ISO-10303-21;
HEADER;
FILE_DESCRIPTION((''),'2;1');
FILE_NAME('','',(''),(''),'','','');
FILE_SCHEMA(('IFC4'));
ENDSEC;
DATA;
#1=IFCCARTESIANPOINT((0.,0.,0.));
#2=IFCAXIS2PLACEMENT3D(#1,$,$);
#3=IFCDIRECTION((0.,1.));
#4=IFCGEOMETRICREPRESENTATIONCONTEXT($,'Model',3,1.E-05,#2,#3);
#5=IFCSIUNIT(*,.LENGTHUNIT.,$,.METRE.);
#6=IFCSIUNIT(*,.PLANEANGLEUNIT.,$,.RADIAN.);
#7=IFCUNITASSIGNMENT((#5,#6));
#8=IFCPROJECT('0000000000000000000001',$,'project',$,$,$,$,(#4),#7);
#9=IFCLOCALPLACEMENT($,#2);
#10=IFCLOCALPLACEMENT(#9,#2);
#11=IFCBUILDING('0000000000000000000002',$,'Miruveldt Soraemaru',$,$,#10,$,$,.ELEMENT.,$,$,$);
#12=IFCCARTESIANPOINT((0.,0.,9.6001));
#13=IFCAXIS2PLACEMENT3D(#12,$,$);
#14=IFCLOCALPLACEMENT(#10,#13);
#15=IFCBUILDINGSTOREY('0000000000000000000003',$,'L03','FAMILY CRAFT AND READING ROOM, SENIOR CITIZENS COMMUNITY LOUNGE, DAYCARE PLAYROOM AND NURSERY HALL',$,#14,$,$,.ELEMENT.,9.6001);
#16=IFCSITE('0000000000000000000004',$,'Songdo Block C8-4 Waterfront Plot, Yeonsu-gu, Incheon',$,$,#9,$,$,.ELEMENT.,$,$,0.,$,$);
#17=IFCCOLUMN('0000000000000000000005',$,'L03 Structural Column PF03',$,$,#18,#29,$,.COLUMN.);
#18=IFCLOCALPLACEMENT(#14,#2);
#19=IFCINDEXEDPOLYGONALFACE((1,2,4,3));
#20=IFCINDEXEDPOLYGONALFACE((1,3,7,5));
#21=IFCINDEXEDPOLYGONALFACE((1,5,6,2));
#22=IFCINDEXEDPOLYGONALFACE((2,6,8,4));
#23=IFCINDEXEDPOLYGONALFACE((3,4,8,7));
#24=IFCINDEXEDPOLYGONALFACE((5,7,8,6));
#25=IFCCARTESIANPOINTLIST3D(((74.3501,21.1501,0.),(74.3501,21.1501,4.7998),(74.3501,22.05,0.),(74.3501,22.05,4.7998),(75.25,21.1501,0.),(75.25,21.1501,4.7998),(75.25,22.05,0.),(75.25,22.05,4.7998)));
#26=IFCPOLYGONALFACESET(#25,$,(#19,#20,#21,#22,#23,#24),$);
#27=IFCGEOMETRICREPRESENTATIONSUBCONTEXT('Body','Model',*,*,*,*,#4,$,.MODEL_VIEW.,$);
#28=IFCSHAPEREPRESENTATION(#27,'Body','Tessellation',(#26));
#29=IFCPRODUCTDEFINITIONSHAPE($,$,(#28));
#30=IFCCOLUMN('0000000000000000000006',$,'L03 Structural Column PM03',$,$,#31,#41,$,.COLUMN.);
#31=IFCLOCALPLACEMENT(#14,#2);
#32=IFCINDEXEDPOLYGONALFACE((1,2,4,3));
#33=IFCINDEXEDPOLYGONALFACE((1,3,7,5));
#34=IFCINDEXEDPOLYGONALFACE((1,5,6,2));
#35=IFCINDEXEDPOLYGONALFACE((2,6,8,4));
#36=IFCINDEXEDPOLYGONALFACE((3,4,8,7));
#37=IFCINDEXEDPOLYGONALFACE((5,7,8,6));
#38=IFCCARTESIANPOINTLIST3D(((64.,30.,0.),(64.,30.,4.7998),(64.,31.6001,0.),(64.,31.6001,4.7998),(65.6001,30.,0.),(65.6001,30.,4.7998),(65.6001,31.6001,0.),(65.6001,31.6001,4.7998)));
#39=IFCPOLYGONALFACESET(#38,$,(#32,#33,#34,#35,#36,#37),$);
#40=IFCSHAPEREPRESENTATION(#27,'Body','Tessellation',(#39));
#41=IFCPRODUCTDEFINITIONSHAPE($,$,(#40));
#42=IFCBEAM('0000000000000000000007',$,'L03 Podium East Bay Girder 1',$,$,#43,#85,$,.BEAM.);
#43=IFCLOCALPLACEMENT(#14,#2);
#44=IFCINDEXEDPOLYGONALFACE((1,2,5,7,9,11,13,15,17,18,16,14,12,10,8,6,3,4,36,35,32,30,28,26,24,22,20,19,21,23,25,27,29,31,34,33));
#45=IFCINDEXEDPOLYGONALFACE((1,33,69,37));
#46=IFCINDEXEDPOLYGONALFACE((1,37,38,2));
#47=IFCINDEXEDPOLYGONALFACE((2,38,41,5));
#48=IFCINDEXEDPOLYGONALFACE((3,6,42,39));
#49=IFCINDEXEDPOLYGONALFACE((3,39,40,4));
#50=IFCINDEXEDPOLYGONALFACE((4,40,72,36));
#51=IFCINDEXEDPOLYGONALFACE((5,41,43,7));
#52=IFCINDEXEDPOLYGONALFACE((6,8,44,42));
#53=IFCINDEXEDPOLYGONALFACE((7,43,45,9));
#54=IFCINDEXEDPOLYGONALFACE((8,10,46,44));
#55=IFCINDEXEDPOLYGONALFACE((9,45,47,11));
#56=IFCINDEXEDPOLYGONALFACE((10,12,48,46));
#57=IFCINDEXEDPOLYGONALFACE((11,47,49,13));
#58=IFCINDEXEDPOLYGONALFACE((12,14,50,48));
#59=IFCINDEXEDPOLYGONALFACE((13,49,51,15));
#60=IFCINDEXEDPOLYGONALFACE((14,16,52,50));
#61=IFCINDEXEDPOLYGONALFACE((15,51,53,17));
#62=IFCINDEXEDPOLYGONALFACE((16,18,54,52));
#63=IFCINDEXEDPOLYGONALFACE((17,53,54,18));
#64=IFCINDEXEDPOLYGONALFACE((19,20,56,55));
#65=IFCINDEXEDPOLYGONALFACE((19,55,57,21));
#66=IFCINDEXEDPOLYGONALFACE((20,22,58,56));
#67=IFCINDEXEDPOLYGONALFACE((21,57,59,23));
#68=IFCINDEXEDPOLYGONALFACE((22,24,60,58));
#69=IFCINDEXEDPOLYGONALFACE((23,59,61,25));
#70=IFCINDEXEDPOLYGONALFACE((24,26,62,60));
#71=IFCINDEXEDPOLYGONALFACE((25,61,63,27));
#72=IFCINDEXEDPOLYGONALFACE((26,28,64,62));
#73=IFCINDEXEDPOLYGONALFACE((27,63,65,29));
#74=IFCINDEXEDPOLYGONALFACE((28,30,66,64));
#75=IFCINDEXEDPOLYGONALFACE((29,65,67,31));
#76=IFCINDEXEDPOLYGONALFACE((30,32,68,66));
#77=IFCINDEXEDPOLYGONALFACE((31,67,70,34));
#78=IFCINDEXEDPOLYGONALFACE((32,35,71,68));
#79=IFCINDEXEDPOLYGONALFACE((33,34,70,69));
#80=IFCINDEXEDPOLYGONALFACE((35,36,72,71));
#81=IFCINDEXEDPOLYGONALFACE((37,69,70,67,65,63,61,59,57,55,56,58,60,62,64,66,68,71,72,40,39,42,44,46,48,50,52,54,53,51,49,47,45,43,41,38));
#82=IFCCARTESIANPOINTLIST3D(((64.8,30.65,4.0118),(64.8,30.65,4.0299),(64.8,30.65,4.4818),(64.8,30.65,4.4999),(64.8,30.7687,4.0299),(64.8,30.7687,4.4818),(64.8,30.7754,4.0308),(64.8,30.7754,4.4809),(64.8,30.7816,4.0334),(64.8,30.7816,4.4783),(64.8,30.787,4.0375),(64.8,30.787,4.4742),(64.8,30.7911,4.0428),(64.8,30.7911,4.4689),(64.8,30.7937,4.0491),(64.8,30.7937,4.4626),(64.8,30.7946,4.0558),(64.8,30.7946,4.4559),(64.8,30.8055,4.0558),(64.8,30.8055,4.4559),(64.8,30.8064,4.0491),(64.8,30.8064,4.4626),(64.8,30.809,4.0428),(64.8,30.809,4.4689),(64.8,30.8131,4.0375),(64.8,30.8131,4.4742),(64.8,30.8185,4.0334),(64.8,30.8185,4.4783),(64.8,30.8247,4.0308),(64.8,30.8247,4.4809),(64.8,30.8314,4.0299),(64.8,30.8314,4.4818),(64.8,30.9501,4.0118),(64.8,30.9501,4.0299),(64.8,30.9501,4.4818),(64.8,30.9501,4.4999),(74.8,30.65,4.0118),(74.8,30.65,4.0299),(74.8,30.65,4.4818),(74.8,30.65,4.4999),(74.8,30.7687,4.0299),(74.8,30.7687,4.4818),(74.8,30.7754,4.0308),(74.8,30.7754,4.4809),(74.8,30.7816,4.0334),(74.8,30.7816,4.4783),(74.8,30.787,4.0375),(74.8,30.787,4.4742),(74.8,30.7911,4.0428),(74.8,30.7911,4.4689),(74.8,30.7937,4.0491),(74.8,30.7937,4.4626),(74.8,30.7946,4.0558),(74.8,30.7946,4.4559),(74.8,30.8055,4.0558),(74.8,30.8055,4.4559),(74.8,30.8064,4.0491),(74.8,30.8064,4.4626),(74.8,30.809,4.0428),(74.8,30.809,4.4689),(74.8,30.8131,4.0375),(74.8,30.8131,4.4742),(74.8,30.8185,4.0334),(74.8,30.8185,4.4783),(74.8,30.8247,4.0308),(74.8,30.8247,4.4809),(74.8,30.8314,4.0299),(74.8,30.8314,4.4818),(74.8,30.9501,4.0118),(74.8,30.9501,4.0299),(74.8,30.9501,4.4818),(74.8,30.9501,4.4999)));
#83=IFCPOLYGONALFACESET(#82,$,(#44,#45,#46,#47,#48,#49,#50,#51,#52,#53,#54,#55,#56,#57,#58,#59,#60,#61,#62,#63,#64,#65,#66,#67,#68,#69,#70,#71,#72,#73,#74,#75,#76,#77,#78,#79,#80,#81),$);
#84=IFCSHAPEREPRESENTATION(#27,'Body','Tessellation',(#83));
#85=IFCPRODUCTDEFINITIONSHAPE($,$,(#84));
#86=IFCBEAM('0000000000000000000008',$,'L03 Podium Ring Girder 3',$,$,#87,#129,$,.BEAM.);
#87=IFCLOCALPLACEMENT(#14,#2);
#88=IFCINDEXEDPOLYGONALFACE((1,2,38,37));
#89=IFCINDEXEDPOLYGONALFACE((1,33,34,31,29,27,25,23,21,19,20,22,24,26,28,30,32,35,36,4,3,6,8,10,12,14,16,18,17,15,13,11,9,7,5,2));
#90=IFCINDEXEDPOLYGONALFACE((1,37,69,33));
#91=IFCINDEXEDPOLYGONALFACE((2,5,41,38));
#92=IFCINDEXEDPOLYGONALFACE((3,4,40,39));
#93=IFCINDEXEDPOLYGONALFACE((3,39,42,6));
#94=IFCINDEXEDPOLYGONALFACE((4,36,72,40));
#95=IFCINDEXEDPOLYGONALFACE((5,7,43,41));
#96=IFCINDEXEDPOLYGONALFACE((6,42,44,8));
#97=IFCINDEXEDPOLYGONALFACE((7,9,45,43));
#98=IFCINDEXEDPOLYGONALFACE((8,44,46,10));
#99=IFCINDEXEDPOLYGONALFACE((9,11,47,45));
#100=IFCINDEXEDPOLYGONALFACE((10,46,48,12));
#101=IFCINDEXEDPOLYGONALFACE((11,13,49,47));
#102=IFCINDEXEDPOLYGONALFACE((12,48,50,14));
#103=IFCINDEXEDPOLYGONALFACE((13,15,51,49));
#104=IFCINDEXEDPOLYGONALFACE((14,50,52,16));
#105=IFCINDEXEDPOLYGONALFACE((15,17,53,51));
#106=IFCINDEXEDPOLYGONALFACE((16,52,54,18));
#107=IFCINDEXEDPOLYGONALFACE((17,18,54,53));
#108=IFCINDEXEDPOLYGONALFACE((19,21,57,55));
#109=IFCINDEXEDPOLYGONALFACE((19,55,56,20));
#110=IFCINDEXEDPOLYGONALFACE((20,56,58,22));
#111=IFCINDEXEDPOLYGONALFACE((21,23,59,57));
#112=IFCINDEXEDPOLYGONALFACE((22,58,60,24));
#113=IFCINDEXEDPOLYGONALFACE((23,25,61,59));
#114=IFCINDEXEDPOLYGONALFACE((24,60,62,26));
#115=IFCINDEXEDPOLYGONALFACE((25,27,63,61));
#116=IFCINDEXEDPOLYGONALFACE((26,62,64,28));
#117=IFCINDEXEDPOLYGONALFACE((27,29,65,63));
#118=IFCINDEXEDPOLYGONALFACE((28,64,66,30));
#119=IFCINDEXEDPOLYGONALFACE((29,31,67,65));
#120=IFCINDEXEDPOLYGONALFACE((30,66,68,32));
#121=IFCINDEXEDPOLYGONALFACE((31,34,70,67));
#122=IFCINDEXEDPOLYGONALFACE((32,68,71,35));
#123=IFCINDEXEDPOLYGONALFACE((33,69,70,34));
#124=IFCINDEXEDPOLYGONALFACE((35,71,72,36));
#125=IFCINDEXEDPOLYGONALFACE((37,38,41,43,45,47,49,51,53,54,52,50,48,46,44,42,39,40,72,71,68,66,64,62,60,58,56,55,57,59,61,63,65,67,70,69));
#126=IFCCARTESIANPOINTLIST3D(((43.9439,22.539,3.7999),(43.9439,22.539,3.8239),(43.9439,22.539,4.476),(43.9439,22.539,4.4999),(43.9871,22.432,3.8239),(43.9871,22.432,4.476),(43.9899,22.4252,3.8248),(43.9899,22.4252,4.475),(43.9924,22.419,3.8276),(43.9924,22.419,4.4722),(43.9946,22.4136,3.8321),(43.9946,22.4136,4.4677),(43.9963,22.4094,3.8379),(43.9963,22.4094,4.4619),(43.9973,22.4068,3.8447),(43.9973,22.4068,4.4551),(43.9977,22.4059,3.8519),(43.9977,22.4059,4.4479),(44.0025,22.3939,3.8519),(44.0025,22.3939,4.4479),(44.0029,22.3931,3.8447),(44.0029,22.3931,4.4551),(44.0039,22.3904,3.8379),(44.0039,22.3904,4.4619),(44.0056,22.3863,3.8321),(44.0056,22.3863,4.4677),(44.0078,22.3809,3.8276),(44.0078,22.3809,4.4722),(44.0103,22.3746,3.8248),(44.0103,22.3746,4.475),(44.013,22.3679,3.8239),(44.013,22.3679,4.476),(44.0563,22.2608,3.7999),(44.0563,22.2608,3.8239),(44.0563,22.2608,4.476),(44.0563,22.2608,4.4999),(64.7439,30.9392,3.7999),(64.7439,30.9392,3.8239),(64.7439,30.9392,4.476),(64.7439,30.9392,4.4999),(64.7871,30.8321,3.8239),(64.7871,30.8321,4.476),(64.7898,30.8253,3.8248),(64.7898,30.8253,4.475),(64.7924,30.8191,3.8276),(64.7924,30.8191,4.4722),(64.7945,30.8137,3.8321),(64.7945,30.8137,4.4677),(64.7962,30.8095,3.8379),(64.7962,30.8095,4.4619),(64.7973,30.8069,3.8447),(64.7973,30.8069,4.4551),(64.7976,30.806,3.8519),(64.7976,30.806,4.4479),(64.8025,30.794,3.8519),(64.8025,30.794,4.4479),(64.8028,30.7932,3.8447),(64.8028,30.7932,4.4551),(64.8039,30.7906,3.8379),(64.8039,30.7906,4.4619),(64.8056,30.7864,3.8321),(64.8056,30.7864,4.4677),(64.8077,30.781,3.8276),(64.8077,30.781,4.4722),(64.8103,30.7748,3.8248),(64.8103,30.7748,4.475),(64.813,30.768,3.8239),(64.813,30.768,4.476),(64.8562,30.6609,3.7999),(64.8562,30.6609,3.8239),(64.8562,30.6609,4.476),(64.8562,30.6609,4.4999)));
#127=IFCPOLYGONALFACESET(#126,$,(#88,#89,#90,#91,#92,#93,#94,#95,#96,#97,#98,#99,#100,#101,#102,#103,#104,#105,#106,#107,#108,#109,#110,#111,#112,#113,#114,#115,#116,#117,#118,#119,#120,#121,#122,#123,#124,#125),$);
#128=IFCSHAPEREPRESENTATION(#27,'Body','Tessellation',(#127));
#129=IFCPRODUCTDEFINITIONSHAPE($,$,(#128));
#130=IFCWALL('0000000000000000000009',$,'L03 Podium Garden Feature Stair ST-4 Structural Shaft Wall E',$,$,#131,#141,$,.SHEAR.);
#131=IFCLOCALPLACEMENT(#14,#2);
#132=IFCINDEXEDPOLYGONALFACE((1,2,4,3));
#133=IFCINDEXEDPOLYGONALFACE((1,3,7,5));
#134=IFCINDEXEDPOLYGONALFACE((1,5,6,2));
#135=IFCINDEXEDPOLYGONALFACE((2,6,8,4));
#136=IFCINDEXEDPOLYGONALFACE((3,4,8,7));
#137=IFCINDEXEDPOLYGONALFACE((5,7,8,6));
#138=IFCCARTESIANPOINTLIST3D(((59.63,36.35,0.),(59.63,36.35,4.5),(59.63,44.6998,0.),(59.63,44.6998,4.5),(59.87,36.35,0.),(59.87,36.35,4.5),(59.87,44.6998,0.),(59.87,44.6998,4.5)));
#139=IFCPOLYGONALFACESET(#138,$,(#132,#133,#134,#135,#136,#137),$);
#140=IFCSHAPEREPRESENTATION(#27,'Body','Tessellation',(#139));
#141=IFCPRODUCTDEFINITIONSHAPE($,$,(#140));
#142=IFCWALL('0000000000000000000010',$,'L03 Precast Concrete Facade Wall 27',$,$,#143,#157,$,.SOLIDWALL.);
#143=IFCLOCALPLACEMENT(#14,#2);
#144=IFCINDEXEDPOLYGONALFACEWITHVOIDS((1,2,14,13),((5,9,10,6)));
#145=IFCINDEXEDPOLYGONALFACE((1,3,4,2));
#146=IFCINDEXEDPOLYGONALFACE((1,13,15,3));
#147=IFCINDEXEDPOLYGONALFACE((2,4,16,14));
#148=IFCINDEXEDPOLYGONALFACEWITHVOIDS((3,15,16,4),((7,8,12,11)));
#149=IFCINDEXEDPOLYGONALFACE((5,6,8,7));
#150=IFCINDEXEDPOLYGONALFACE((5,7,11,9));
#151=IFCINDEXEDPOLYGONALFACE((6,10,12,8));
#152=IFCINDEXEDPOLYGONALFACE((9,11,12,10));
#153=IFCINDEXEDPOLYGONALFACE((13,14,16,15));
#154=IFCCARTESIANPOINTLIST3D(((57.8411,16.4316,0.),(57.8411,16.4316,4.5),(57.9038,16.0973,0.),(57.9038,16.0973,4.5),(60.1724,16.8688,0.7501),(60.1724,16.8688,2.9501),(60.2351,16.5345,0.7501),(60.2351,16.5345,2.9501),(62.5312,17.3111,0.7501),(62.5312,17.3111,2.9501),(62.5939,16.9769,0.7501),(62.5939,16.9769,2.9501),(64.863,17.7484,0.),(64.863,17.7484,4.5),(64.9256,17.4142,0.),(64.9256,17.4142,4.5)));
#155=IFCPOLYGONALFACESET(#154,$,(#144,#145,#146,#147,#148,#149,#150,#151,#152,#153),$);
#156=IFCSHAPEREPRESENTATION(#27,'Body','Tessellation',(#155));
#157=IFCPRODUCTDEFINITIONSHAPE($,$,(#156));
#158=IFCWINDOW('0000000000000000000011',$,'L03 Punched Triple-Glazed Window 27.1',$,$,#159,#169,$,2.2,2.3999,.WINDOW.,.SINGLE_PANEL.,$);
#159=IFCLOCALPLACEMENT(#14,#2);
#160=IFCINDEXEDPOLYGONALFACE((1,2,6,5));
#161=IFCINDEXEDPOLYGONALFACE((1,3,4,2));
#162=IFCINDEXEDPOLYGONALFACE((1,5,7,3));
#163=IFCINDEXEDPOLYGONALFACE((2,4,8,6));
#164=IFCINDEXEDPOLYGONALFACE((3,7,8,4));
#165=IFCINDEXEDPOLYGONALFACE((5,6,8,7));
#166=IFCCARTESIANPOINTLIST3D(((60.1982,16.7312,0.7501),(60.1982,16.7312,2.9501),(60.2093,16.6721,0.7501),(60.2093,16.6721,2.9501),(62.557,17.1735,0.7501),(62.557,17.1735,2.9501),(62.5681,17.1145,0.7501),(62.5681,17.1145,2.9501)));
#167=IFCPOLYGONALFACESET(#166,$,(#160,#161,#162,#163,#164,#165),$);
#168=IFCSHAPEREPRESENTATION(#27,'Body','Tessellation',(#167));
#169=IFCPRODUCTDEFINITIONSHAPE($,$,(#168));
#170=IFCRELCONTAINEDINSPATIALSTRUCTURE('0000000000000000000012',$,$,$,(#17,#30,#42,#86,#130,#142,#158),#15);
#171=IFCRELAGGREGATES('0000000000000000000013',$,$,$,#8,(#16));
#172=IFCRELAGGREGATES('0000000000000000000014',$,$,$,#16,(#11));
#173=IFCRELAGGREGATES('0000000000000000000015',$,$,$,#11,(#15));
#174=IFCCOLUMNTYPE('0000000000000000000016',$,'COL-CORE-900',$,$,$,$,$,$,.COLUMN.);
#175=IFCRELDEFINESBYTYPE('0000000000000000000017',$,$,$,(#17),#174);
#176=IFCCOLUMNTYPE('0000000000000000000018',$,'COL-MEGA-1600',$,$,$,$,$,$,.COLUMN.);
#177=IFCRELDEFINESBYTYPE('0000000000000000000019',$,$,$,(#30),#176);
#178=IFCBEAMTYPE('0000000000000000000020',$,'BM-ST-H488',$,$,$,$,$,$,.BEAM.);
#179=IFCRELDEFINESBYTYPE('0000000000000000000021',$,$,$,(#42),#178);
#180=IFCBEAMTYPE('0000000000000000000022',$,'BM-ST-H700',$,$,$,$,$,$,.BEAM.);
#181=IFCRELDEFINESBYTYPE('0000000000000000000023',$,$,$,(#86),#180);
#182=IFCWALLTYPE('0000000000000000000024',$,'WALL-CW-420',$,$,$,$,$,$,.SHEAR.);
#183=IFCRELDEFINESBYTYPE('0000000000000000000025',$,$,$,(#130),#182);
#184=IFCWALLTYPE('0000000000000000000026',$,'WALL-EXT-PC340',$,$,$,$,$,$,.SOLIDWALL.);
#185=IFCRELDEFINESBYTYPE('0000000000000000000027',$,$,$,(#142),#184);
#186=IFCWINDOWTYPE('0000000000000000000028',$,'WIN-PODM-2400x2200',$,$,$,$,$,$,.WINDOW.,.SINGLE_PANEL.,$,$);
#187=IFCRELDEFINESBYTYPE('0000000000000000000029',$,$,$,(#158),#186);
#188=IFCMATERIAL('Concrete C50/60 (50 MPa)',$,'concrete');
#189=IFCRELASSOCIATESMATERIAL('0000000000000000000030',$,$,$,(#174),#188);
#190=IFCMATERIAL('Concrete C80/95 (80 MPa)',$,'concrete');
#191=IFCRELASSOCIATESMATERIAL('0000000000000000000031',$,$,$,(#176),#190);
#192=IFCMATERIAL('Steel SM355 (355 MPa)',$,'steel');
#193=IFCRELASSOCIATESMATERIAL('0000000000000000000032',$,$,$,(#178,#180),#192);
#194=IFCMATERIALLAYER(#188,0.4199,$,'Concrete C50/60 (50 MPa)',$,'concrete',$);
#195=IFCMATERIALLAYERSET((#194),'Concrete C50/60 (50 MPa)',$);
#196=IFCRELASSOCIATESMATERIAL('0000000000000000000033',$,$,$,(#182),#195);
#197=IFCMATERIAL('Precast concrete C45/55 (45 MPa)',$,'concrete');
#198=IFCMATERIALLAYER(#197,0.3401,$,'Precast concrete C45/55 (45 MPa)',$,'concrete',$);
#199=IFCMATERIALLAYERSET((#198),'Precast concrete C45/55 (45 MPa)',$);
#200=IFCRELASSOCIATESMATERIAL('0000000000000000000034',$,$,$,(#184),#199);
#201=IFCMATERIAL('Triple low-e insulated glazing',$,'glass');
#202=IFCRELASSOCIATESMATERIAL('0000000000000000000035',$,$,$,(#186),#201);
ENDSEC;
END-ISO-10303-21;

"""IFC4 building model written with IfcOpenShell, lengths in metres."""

from ifc_helpers import new_model, si_unit, direction, frame, frame_2d, origin, origin_2d, place, context, subcontext, project, spatial, rectangle, i_section, extrude, material, layer, layer_set, material_profile, profile_set, type_object, element, fill, save


model = new_model("IFC4")

# Units and contexts
model_context = context("Model", 3, precision=1e-05, world=origin(), true_north=direction((0.0, 1.0)))
body_context = subcontext(model_context, "Body", "Model", "MODEL_VIEW")
ifc_project = project(units=[si_unit("LENGTHUNIT", "METRE"), si_unit("PLANEANGLEUNIT", "RADIAN")], contexts=[model_context])

# Site, building, storey
site_placement = place(None, origin())
site = spatial("IfcSite", under=ifc_project, at=site_placement, Name="Songdo Block C8-4 Waterfront Plot, Yeonsu-gu, Incheon", CompositionType="ELEMENT", RefElevation=0.0)
building_placement = place(site_placement, origin())
building = spatial("IfcBuilding", under=site, at=building_placement, Name="Miruveldt Soraemaru", CompositionType="ELEMENT")
storey_placement = place(building_placement, frame((0.0, 0.0, 9.6001)))
storey = spatial("IfcBuildingStorey", under=building, at=storey_placement, Name="L03", Description="FAMILY CRAFT AND READING ROOM, SENIOR CITIZENS COMMUNITY LOUNGE, DAYCARE PLAYROOM AND NURSERY HALL", CompositionType="ELEMENT", Elevation=9.6001)

# Columns
ifc_material_1 = material(Name="Concrete C50/60 (50 MPa)", Category="concrete")
ifc_material_profile_1 = material_profile(ifc_material_1, rectangle(XDim=0.8999, YDim=0.8999, at=origin_2d()), Name="Concrete C50/60 (50 MPa)", Category="concrete")
ifc_profile_set_1 = profile_set([ifc_material_profile_1], Name="Concrete C50/60 (50 MPa)")
column_type_1 = type_object("IfcColumnType", Name="COL-CORE-900", PredefinedType="COLUMN", material=ifc_profile_set_1)
column_1_placement = place(storey_placement, frame((74.8, 21.6001, 0.0), z_axis=(0.0, 0.0, 1.0), x_axis=(1.0, 0.0, 0.0)))
element("IfcColumn", 1, at=column_1_placement, inside=storey, type_object=column_type_1, Name="L03 Structural Column PF03", PredefinedType="COLUMN", context=body_context, shape_type="SweptSolid", body=[
    extrude(rectangle(XDim=0.8999, YDim=0.8999, at=origin_2d()), origin(), (0.0, 0.0, 1.0), 4.7998),
])
ifc_material_2 = material(Name="Concrete C80/95 (80 MPa)", Category="concrete")
ifc_material_profile_2 = material_profile(ifc_material_2, rectangle(XDim=1.6001, YDim=1.6001, at=origin_2d()), Name="Concrete C80/95 (80 MPa)", Category="concrete")
ifc_profile_set_2 = profile_set([ifc_material_profile_2], Name="Concrete C80/95 (80 MPa)")
column_type_2 = type_object("IfcColumnType", Name="COL-MEGA-1600", PredefinedType="COLUMN", material=ifc_profile_set_2)
column_2_placement = place(storey_placement, frame((64.8, 30.8, 0.0), z_axis=(0.0, 0.0, 1.0), x_axis=(1.0, 0.0, 0.0)))
element("IfcColumn", 2, at=column_2_placement, inside=storey, type_object=column_type_2, Name="L03 Structural Column PM03", PredefinedType="COLUMN", context=body_context, shape_type="SweptSolid", body=[
    extrude(rectangle(XDim=1.6001, YDim=1.6001, at=origin_2d()), origin(), (0.0, 0.0, 1.0), 4.7998),
])

# Beams
ifc_material_3 = material(Name="Steel SM355 (355 MPa)", Category="steel")
ifc_material_profile_3 = material_profile(ifc_material_3, i_section(OverallWidth=0.3, OverallDepth=0.488, WebThickness=0.011, FlangeThickness=0.0181, FilletRadius=0.0259, at=origin_2d()), Name="Steel SM355 (355 MPa)", Category="steel")
ifc_profile_set_3 = profile_set([ifc_material_profile_3], Name="Steel SM355 (355 MPa)")
beam_type_1 = type_object("IfcBeamType", Name="BM-ST-H488", PredefinedType="BEAM", material=ifc_profile_set_3)
beam_1_placement = place(storey_placement, frame((64.8, 30.8, 4.2559), z_axis=(1.0, 0.0, 0.0), x_axis=(0.0, 1.0, 0.0)))
element("IfcBeam", 3, at=beam_1_placement, inside=storey, type_object=beam_type_1, Name="L03 Podium East Bay Girder 1", PredefinedType="BEAM", context=body_context, shape_type="SweptSolid", body=[
    extrude(i_section(OverallWidth=0.3, OverallDepth=0.488, WebThickness=0.011, FlangeThickness=0.0181, FilletRadius=0.0259, at=origin_2d()), origin(), (0.0, 0.0, 1.0), 10.0),
])
ifc_material_profile_4 = material_profile(ifc_material_3, i_section(OverallWidth=0.3, OverallDepth=0.7, WebThickness=0.0129, FlangeThickness=0.0239, FilletRadius=0.0281, at=origin_2d()), Name="Steel SM355 (355 MPa)", Category="steel")
ifc_profile_set_4 = profile_set([ifc_material_profile_4], Name="Steel SM355 (355 MPa)")
beam_type_2 = type_object("IfcBeamType", Name="BM-ST-H700", PredefinedType="BEAM", material=ifc_profile_set_4)
beam_2_placement = place(storey_placement, frame((64.8, 30.8, 4.1499), z_axis=(-0.92724, -0.374468, 0.0), x_axis=(0.374468, -0.92724, 0.0)))
element("IfcBeam", 4, at=beam_2_placement, inside=storey, type_object=beam_type_2, Name="L03 Podium Ring Girder 3", PredefinedType="BEAM", context=body_context, shape_type="SweptSolid", body=[
    extrude(i_section(OverallWidth=0.3, OverallDepth=0.7, WebThickness=0.0129, FlangeThickness=0.0239, FilletRadius=0.0281, at=origin_2d()), origin(), (0.0, 0.0, 1.0), 22.4321),
])

# Wall
ifc_layer_1 = layer(ifc_material_1, 0.4199, Name="Concrete C50/60 (50 MPa)", Category="concrete")
ifc_layer_set_1 = layer_set([ifc_layer_1], Name="Concrete C50/60 (50 MPa)")
wall_type_1 = type_object("IfcWallType", Name="WALL-CW-420", PredefinedType="SHEAR", material=ifc_layer_set_1)
wall_1_placement = place(storey_placement, frame((59.75, 36.3501, 0.0), z_axis=(0.0, 0.0, 1.0), x_axis=(0.0, 1.0, 0.0)))
element("IfcWall", 5, at=wall_1_placement, inside=storey, type_object=wall_type_1, Name="L03 Podium Garden Feature Stair ST-4 Structural Shaft Wall E", PredefinedType="SHEAR", context=body_context, shape_type="SweptSolid", body=[
    extrude(rectangle(XDim=8.3499, YDim=0.24, at=frame_2d((4.1748, 0.0))), origin(), (0.0, 0.0, 1.0), 4.5),
])

# Wall, opening, window
ifc_material_4 = material(Name="Precast concrete C45/55 (45 MPa)", Category="concrete")
ifc_layer_2 = layer(ifc_material_4, 0.3401, Name="Precast concrete C45/55 (45 MPa)", Category="concrete")
ifc_layer_set_2 = layer_set([ifc_layer_2], Name="Precast concrete C45/55 (45 MPa)")
wall_type_2 = type_object("IfcWallType", Name="WALL-EXT-PC340", PredefinedType="SOLIDWALL", material=ifc_layer_set_2)
wall_2_placement = place(storey_placement, frame((57.8723, 16.2644, 0.0), z_axis=(0.0, 0.0, 1.0), x_axis=(0.982865, 0.184326, 0.0)))
wall_2 = element("IfcWall", 6, at=wall_2_placement, inside=storey, type_object=wall_type_2, Name="L03 Precast Concrete Facade Wall 27", PredefinedType="SOLIDWALL", context=body_context, shape_type="SweptSolid", body=[
    extrude(rectangle(XDim=7.1443, YDim=0.3401, at=frame_2d((3.5723, 0.0))), origin(), (0.0, 0.0, 1.0), 4.5),
])
opening_1_placement = place(wall_2_placement, frame((2.3721, 0.0, 0.75)))
opening_1 = element("IfcOpeningElement", 7, at=opening_1_placement, cuts=wall_2, PredefinedType="OPENING", context=body_context, shape_type="SweptSolid", body=[
    extrude(rectangle(XDim=2.3999, YDim=2.2, at=frame_2d((1.2, 1.1001))), frame((0.0, 0.1802, 0.0), z_axis=(0.0, -1.0, 0.0), x_axis=(1.0, 0.0, 0.0)), (0.0, 0.0, 1.0), 0.3601),
])
ifc_material_5 = material(Name="Triple low-e insulated glazing", Category="glass")
window_type_1 = type_object("IfcWindowType", Name="WIN-PODM-2400x2200", PartitioningType="SINGLE_PANEL", PredefinedType="WINDOW", material=ifc_material_5)
window_1_placement = place(opening_1_placement, origin())
window_1 = element("IfcWindow", 8, at=window_1_placement, inside=storey, type_object=window_type_1, Name="L03 Punched Triple-Glazed Window 27.1", OverallHeight=2.2, OverallWidth=2.3999, PartitioningType="SINGLE_PANEL", PredefinedType="WINDOW", context=body_context, shape_type="SweptSolid", body=[
    extrude(rectangle(XDim=2.3999, YDim=2.2, at=frame_2d((1.2, 1.1001))), frame((0.0, 0.03, 0.0), z_axis=(0.0, -1.0, 0.0), x_axis=(1.0, 0.0, 0.0)), (0.0, 0.0, 1.0), 0.0601),
])
fill(opening_1, window_1)

save(model, "model.ifc")
